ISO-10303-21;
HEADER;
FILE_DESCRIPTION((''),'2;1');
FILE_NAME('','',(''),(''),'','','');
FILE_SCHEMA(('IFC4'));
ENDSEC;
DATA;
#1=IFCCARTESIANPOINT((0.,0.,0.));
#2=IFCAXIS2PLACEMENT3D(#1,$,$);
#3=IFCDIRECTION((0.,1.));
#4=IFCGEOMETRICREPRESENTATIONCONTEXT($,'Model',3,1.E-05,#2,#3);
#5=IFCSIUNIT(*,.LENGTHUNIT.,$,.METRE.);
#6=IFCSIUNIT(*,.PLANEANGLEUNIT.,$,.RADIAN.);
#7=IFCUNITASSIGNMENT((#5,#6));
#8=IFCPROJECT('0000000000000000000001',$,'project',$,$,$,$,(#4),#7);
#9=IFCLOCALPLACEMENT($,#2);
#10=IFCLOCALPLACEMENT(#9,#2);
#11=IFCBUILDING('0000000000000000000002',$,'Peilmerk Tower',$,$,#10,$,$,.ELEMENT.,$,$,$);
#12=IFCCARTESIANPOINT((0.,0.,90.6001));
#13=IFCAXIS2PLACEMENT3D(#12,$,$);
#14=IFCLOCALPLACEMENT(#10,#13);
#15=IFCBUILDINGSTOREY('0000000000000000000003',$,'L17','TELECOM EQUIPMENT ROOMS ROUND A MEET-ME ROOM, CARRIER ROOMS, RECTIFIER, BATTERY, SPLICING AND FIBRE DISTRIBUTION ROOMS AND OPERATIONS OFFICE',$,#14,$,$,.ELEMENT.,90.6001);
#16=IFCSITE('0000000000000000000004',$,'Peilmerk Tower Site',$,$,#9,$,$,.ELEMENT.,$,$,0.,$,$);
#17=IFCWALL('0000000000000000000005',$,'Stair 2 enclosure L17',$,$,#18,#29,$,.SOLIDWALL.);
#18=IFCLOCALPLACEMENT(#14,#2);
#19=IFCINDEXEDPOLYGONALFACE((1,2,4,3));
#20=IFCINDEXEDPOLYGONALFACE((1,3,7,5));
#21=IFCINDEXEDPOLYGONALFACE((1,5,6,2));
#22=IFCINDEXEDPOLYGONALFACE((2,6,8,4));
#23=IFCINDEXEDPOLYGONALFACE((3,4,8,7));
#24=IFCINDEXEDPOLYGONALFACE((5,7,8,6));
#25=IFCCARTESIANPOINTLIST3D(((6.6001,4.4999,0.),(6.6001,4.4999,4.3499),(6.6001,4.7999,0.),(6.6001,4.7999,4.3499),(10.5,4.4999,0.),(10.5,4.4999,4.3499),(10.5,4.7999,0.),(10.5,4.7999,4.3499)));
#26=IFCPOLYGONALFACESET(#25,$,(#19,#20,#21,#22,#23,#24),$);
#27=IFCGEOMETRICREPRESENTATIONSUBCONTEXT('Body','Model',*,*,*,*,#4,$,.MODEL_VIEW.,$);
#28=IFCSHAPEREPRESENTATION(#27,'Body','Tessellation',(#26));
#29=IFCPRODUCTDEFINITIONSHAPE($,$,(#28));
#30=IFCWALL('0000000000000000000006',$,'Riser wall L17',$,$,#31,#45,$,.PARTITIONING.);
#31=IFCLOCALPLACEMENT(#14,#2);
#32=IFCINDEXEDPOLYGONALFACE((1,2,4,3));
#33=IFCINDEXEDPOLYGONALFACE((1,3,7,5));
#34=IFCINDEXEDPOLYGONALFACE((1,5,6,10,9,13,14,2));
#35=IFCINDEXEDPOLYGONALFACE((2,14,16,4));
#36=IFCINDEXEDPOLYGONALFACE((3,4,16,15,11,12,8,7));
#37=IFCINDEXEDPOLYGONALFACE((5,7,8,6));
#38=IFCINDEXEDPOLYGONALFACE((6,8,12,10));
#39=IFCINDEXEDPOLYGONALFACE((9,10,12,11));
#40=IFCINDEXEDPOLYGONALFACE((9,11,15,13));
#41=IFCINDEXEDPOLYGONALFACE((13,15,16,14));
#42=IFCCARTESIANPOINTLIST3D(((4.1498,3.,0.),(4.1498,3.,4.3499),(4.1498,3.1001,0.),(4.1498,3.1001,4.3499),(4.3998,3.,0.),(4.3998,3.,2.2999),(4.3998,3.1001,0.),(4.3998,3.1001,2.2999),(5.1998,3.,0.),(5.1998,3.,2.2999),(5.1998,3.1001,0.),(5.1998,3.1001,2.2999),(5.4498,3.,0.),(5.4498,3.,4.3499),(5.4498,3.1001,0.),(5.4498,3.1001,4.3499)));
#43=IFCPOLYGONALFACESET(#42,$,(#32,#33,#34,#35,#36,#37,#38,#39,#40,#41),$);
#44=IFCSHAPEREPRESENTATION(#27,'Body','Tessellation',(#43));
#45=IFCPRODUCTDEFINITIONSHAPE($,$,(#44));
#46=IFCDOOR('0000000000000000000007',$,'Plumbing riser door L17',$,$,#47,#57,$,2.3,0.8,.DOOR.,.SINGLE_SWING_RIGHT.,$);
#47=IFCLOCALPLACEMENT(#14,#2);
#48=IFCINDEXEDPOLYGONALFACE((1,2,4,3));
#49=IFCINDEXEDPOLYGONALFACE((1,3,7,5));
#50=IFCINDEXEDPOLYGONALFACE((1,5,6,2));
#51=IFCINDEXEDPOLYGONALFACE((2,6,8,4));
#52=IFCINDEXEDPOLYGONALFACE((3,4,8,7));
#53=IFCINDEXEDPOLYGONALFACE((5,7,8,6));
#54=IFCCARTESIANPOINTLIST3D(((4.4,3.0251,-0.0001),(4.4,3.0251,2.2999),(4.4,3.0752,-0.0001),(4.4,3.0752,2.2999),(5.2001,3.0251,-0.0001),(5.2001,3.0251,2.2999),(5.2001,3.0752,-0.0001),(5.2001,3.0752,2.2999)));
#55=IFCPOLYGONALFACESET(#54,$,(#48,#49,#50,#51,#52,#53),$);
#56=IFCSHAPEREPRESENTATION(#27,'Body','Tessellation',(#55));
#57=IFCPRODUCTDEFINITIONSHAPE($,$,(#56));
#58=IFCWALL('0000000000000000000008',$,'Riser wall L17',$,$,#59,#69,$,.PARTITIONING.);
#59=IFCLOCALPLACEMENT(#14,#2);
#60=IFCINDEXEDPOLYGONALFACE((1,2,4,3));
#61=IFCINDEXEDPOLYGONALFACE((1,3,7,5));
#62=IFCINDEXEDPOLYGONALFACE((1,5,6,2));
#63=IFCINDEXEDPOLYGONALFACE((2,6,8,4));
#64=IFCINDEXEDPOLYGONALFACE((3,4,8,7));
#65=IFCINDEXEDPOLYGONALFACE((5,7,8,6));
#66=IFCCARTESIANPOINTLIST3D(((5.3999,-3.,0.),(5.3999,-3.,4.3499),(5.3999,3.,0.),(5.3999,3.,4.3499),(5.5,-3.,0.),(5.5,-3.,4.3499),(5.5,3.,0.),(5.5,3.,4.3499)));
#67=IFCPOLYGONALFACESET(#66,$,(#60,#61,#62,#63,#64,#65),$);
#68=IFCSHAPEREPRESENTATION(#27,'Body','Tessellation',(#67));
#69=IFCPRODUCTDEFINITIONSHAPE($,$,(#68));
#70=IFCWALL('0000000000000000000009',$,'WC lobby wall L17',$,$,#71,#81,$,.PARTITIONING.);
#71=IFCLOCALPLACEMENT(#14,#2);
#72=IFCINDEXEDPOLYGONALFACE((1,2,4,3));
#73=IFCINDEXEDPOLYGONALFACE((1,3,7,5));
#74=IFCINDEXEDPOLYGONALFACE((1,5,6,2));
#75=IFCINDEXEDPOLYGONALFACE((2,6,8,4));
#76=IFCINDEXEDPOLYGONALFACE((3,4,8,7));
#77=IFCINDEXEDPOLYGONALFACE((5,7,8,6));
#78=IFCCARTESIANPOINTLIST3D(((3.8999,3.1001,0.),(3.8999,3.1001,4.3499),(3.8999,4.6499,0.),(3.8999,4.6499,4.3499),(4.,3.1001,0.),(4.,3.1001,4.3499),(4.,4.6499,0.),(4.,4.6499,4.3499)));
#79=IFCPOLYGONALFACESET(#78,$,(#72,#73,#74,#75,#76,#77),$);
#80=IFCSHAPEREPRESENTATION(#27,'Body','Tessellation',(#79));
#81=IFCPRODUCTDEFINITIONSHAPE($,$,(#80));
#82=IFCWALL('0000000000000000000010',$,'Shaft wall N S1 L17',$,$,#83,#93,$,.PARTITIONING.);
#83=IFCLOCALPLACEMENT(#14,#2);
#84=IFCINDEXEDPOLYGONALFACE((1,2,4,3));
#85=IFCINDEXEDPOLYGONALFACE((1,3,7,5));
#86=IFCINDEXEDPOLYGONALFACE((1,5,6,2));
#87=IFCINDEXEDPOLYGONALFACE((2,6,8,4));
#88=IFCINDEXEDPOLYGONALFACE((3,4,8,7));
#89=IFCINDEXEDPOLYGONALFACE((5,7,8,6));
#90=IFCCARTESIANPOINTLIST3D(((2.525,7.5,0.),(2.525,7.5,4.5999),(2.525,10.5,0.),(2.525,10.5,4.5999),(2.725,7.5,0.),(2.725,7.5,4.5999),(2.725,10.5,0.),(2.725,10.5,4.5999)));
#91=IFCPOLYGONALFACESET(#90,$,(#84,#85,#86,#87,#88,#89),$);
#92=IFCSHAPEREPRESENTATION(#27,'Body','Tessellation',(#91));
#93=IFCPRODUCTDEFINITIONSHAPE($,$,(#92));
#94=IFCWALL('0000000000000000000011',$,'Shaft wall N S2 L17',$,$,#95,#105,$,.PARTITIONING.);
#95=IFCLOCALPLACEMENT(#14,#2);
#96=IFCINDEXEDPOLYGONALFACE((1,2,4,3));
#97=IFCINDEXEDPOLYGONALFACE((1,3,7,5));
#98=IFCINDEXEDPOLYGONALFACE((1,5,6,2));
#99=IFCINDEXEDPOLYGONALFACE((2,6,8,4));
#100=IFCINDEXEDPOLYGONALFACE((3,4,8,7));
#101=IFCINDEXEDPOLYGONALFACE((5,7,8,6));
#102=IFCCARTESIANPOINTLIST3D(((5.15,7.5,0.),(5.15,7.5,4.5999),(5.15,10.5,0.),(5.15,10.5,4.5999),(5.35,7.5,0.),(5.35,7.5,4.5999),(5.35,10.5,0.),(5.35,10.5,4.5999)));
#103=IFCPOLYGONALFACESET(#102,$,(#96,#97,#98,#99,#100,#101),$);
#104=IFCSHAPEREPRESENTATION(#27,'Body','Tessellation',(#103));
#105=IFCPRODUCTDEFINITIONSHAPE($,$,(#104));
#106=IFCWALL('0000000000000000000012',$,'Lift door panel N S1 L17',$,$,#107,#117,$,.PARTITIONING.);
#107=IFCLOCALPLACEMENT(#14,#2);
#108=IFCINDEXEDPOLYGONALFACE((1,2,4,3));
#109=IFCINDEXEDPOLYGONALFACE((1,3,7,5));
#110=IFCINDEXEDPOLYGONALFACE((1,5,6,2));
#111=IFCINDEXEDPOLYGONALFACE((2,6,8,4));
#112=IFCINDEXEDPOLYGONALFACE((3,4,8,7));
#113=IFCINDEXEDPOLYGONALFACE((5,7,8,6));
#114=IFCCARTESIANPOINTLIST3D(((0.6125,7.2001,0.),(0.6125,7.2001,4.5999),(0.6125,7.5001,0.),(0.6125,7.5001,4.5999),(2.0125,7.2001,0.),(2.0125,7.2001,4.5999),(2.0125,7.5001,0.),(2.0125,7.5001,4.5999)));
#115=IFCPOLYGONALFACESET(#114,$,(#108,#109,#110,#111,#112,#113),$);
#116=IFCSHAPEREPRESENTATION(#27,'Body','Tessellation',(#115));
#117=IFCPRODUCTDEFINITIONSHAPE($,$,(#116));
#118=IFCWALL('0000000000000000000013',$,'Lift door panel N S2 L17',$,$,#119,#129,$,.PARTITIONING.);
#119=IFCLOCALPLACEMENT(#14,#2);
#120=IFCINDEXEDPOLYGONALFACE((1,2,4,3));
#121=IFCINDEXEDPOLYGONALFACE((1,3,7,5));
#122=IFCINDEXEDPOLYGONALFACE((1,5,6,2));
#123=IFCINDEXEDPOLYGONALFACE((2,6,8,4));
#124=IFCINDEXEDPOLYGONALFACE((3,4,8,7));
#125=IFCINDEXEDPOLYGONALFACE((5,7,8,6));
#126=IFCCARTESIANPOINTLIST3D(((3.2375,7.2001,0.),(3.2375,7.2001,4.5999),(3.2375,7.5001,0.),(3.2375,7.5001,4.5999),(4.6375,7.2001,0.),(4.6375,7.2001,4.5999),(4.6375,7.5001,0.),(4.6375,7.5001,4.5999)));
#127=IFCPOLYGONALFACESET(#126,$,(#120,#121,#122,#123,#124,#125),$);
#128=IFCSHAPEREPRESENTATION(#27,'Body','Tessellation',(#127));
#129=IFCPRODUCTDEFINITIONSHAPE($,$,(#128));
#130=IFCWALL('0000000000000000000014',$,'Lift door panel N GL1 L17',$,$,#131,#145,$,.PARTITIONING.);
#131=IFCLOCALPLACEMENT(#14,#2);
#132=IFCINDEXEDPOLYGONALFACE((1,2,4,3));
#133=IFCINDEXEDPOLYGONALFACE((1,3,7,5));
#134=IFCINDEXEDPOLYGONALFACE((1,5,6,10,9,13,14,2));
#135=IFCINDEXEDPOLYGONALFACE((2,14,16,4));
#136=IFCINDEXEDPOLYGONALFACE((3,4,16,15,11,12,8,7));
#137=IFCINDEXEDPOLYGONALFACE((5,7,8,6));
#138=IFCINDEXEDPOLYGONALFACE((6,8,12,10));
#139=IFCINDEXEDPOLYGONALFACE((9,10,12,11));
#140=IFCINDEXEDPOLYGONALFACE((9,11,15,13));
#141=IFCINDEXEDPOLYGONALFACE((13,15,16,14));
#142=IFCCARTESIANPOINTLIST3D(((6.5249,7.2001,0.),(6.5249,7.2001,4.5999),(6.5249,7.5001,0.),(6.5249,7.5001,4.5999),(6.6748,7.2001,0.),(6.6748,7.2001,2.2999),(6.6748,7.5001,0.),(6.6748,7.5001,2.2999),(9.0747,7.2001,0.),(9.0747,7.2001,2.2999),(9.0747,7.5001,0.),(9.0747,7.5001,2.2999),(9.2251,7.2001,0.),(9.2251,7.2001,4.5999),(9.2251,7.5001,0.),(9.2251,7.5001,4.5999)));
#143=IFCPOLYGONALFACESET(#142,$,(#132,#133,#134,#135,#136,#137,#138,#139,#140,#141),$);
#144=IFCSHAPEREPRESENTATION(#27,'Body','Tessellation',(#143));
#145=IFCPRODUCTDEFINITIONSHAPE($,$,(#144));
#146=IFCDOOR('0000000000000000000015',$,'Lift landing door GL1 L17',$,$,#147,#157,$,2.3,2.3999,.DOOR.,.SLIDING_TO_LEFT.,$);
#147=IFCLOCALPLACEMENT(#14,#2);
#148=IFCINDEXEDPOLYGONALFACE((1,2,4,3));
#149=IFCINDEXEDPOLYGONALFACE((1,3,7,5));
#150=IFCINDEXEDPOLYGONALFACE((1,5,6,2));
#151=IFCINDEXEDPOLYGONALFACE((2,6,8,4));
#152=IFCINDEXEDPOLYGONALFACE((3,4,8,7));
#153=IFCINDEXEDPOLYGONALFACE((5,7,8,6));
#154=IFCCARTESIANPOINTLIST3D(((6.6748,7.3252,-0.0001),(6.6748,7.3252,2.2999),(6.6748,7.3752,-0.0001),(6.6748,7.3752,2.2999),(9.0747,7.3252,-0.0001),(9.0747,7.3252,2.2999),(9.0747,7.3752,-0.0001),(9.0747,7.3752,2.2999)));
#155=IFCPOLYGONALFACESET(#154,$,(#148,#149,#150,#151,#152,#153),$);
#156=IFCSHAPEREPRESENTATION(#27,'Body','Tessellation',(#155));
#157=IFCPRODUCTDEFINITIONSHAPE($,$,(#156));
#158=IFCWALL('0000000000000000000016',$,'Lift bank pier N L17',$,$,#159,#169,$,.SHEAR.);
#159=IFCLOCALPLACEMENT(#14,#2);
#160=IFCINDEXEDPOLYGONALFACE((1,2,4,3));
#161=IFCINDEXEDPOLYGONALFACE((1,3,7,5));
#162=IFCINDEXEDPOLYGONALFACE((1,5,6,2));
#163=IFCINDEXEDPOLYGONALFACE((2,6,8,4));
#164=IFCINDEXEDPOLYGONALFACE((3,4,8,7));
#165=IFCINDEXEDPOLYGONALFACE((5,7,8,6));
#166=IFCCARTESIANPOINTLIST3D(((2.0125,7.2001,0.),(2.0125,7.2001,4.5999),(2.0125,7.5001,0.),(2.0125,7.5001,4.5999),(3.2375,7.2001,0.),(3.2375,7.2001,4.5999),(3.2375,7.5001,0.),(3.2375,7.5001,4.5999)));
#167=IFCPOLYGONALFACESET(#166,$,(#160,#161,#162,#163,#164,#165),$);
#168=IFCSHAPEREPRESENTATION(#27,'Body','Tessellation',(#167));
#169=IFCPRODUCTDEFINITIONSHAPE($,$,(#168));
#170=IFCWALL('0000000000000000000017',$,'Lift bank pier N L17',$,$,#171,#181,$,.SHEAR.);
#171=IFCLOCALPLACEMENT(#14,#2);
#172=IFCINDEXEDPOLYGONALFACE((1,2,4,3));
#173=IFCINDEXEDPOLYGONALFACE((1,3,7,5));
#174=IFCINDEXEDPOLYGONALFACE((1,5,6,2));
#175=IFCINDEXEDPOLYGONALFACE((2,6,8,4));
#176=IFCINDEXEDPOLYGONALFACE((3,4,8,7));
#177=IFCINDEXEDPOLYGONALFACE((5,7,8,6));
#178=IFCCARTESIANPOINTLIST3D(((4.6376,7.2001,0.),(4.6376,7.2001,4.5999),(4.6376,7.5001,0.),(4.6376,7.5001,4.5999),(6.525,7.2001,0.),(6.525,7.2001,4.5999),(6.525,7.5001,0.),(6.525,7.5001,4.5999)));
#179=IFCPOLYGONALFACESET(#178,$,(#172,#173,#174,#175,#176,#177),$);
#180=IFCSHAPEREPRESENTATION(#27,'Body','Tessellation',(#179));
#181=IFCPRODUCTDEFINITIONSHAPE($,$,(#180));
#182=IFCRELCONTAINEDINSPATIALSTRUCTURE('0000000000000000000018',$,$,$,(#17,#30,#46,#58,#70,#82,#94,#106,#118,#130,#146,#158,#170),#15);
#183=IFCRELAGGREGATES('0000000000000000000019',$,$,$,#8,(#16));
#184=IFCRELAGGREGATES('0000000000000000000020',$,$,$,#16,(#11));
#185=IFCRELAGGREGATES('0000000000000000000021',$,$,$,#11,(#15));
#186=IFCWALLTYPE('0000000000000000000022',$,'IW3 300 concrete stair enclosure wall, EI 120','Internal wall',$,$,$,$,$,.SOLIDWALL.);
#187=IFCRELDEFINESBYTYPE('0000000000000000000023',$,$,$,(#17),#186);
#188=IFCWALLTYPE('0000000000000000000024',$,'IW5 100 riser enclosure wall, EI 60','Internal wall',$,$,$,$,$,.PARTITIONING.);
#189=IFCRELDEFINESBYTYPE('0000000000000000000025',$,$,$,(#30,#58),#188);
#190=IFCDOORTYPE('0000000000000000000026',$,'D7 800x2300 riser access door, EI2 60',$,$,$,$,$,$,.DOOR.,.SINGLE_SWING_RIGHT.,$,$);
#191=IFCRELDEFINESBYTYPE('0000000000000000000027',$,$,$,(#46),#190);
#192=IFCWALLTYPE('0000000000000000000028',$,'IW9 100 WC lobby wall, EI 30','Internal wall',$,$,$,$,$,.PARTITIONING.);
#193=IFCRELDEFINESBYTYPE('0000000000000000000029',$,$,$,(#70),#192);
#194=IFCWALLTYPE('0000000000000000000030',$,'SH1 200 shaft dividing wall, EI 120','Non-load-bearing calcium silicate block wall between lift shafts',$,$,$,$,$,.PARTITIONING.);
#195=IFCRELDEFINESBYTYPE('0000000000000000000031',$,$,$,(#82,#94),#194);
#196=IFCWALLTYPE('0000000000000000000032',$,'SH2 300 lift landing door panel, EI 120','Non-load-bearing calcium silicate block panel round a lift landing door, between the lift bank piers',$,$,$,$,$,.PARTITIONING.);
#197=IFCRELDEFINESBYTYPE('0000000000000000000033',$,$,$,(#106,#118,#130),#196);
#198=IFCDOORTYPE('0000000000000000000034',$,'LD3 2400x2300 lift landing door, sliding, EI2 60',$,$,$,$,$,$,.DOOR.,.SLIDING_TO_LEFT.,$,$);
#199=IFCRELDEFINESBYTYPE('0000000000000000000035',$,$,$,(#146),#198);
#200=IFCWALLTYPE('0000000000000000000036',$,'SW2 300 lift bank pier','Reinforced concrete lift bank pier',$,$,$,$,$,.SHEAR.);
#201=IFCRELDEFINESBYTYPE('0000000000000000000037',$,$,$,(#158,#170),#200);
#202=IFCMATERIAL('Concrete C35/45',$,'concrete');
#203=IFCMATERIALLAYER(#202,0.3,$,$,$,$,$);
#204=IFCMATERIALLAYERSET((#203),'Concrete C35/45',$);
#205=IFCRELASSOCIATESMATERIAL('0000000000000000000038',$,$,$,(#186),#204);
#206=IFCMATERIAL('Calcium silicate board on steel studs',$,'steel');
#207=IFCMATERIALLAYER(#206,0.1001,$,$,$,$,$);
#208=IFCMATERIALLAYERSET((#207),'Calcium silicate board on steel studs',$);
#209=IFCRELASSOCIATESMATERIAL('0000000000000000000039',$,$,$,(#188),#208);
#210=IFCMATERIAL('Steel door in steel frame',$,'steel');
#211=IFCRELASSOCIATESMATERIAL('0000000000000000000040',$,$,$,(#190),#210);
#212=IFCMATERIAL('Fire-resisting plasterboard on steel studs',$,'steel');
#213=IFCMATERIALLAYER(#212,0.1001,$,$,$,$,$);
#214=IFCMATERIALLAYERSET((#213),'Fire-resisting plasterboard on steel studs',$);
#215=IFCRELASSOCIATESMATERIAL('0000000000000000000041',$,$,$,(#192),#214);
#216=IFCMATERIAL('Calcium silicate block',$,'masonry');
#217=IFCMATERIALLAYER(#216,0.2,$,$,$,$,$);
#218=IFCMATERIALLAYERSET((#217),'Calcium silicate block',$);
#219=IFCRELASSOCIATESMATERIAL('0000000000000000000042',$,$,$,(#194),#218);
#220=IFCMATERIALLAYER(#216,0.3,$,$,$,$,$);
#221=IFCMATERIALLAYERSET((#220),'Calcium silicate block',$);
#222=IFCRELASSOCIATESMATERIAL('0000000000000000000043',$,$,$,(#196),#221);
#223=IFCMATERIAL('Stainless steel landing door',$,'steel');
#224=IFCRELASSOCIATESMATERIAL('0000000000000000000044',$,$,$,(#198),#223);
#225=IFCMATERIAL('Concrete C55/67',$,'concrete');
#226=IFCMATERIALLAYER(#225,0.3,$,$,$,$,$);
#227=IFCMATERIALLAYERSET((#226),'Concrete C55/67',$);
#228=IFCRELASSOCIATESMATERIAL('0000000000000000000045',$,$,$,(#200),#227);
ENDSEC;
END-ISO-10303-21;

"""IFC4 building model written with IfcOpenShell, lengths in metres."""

from ifc_helpers import new_model, si_unit, direction, frame, frame_2d, origin, place, context, subcontext, project, spatial, rectangle, extrude, material, layer, layer_set, type_object, element, fill, save


model = new_model("IFC4")

# Units and contexts
model_context = context("Model", 3, precision=1e-05, world=origin(), true_north=direction((0.0, 1.0)))
body_context = subcontext(model_context, "Body", "Model", "MODEL_VIEW")
ifc_project = project(units=[si_unit("LENGTHUNIT", "METRE"), si_unit("PLANEANGLEUNIT", "RADIAN")], contexts=[model_context])

# Site, building, storey
site_placement = place(None, origin())
site = spatial("IfcSite", under=ifc_project, at=site_placement, Name="Peilmerk Tower Site", CompositionType="ELEMENT", RefElevation=0.0)
building_placement = place(site_placement, origin())
building = spatial("IfcBuilding", under=site, at=building_placement, Name="Peilmerk Tower", CompositionType="ELEMENT")
storey_placement = place(building_placement, frame((0.0, 0.0, 90.6001)))
storey = spatial("IfcBuildingStorey", under=building, at=storey_placement, Name="L17", Description="TELECOM EQUIPMENT ROOMS ROUND A MEET-ME ROOM, CARRIER ROOMS, RECTIFIER, BATTERY, SPLICING AND FIBRE DISTRIBUTION ROOMS AND OPERATIONS OFFICE", CompositionType="ELEMENT", Elevation=90.6001)

# Wall
ifc_material_1 = material(Name="Concrete C35/45", Category="concrete")
ifc_layer_1 = layer(ifc_material_1, 0.3)
ifc_layer_set_1 = layer_set([ifc_layer_1], Name="Concrete C35/45")
wall_type_1 = type_object("IfcWallType", Name="IW3 300 concrete stair enclosure wall, EI 120", Description="Internal wall", PredefinedType="SOLIDWALL", material=ifc_layer_set_1)
wall_1_placement = place(storey_placement, frame((6.6001, 4.6499, 0.0), z_axis=(0.0, 0.0, 1.0), x_axis=(1.0, 0.0, 0.0)))
element("IfcWall", 1, at=wall_1_placement, inside=storey, type_object=wall_type_1, Name="Stair 2 enclosure L17", PredefinedType="SOLIDWALL", context=body_context, shape_type="SweptSolid", body=[
    extrude(rectangle(XDim=3.8999, YDim=0.3, at=frame_2d((1.95, 0.0))), origin(), (0.0, 0.0, 1.0), 4.3499),
])

# Wall, opening, door
ifc_material_2 = material(Name="Calcium silicate board on steel studs", Category="steel")
ifc_layer_2 = layer(ifc_material_2, 0.1001)
ifc_layer_set_2 = layer_set([ifc_layer_2], Name="Calcium silicate board on steel studs")
wall_type_2 = type_object("IfcWallType", Name="IW5 100 riser enclosure wall, EI 60", Description="Internal wall", PredefinedType="PARTITIONING", material=ifc_layer_set_2)
wall_2_placement = place(storey_placement, frame((4.1499, 3.05, 0.0), z_axis=(0.0, 0.0, 1.0), x_axis=(1.0, 0.0, 0.0)))
wall_2 = element("IfcWall", 2, at=wall_2_placement, inside=storey, type_object=wall_type_2, Name="Riser wall L17", PredefinedType="PARTITIONING", context=body_context, shape_type="SweptSolid", body=[
    extrude(rectangle(XDim=1.3, YDim=0.1001, at=frame_2d((0.6499, 0.0))), origin(), (0.0, 0.0, 1.0), 4.3499),
])
opening_1_placement = place(wall_2_placement, frame((0.25, 0.0, 0.0)))
opening_1 = element("IfcOpeningElement", 3, at=opening_1_placement, cuts=wall_2, PredefinedType="OPENING", context=body_context, shape_type="SweptSolid", body=[
    extrude(rectangle(XDim=0.8, YDim=2.3, at=frame_2d((0.3999, 1.1499))), frame((0.0, 0.0601, 0.0), z_axis=(0.0, -1.0, 0.0), x_axis=(1.0, 0.0, 0.0)), (0.0, 0.0, 1.0), 0.1201),
])
ifc_material_3 = material(Name="Steel door in steel frame", Category="steel")
door_type_1 = type_object("IfcDoorType", Name="D7 800x2300 riser access door, EI2 60", OperationType="SINGLE_SWING_RIGHT", PredefinedType="DOOR", material=ifc_material_3)
door_1_placement = place(opening_1_placement, frame((0.8, 0.0, 0.0), z_axis=(0.0, 0.0, 1.0), x_axis=(-1.0, 0.0, 0.0)))
door_1 = element("IfcDoor", 4, at=door_1_placement, inside=storey, type_object=door_type_1, Name="Plumbing riser door L17", OperationType="SINGLE_SWING_RIGHT", OverallHeight=2.3, OverallWidth=0.8, PredefinedType="DOOR", context=body_context, shape_type="SweptSolid", body=[
    extrude(rectangle(XDim=0.8, YDim=2.3, at=frame_2d((0.3999, 1.1499))), frame((0.0, 0.0249, 0.0), z_axis=(0.0, -1.0, 0.0), x_axis=(1.0, 0.0, 0.0)), (0.0, 0.0, 1.0), 0.05),
])
fill(opening_1, door_1)

# Walls
wall_3_placement = place(storey_placement, frame((5.45, 3.0, 0.0), z_axis=(0.0, 0.0, 1.0), x_axis=(0.0, -1.0, 0.0)))
element("IfcWall", 5, at=wall_3_placement, inside=storey, type_object=wall_type_2, Name="Riser wall L17", PredefinedType="PARTITIONING", context=body_context, shape_type="SweptSolid", body=[
    extrude(rectangle(XDim=6.0, YDim=0.1001, at=frame_2d((3.0, 0.0))), origin(), (0.0, 0.0, 1.0), 4.3499),
])
ifc_material_4 = material(Name="Fire-resisting plasterboard on steel studs", Category="steel")
ifc_layer_3 = layer(ifc_material_4, 0.1001)
ifc_layer_set_3 = layer_set([ifc_layer_3], Name="Fire-resisting plasterboard on steel studs")
wall_type_3 = type_object("IfcWallType", Name="IW9 100 WC lobby wall, EI 30", Description="Internal wall", PredefinedType="PARTITIONING", material=ifc_layer_set_3)
wall_4_placement = place(storey_placement, frame((3.95, 3.1001, 0.0), z_axis=(0.0, 0.0, 1.0), x_axis=(0.0, 1.0, 0.0)))
element("IfcWall", 6, at=wall_4_placement, inside=storey, type_object=wall_type_3, Name="WC lobby wall L17", PredefinedType="PARTITIONING", context=body_context, shape_type="SweptSolid", body=[
    extrude(rectangle(XDim=1.5498, YDim=0.1001, at=frame_2d((0.7749, 0.0))), origin(), (0.0, 0.0, 1.0), 4.3499),
])
ifc_material_5 = material(Name="Calcium silicate block", Category="masonry")
ifc_layer_4 = layer(ifc_material_5, 0.2)
ifc_layer_set_4 = layer_set([ifc_layer_4], Name="Calcium silicate block")
wall_type_4 = type_object("IfcWallType", Name="SH1 200 shaft dividing wall, EI 120", Description="Non-load-bearing calcium silicate block wall between lift shafts", PredefinedType="PARTITIONING", material=ifc_layer_set_4)
for number, where, z_axis, x_axis, name in (
    (7, (2.625, 7.5, 0.0), (0.0, 0.0, 1.0), (0.0, 1.0, 0.0), "Shaft wall N S1 L17"),
    (8, (5.25, 7.5, 0.0), (0.0, 0.0, 1.0), (0.0, 1.0, 0.0), "Shaft wall N S2 L17"),
):
    element("IfcWall", number, at=place(storey_placement, frame(where, z_axis=z_axis, x_axis=x_axis)), inside=storey, type_object=wall_type_4, Name=name, PredefinedType="PARTITIONING", context=body_context, shape_type="SweptSolid", body=[
        extrude(rectangle(XDim=3.0, YDim=0.2, at=frame_2d((1.5, 0.0))), origin(), (0.0, 0.0, 1.0), 4.5999),
    ])
ifc_layer_5 = layer(ifc_material_5, 0.3)
ifc_layer_set_5 = layer_set([ifc_layer_5], Name="Calcium silicate block")
wall_type_5 = type_object("IfcWallType", Name="SH2 300 lift landing door panel, EI 120", Description="Non-load-bearing calcium silicate block panel round a lift landing door, between the lift bank piers", PredefinedType="PARTITIONING", material=ifc_layer_set_5)
for number, where, z_axis, x_axis, name in (
    (9, (0.6125, 7.3501, 0.0), (0.0, 0.0, 1.0), (1.0, 0.0, 0.0), "Lift door panel N S1 L17"),
    (10, (3.2375, 7.3501, 0.0), (0.0, 0.0, 1.0), (1.0, 0.0, 0.0), "Lift door panel N S2 L17"),
):
    element("IfcWall", number, at=place(storey_placement, frame(where, z_axis=z_axis, x_axis=x_axis)), inside=storey, type_object=wall_type_5, Name=name, PredefinedType="PARTITIONING", context=body_context, shape_type="SweptSolid", body=[
        extrude(rectangle(XDim=1.3999, YDim=0.3, at=frame_2d((0.7, 0.0))), origin(), (0.0, 0.0, 1.0), 4.5999),
    ])

# Wall, opening, door
wall_5_placement = place(storey_placement, frame((6.5249, 7.3501, 0.0), z_axis=(0.0, 0.0, 1.0), x_axis=(1.0, 0.0, 0.0)))
wall_5 = element("IfcWall", 11, at=wall_5_placement, inside=storey, type_object=wall_type_5, Name="Lift door panel N GL1 L17", PredefinedType="PARTITIONING", context=body_context, shape_type="SweptSolid", body=[
    extrude(rectangle(XDim=2.7002, YDim=0.3, at=frame_2d((1.3501, 0.0))), origin(), (0.0, 0.0, 1.0), 4.5999),
])
opening_2_placement = place(wall_5_placement, frame((0.1499, 0.0, 0.0)))
opening_2 = element("IfcOpeningElement", 12, at=opening_2_placement, cuts=wall_5, PredefinedType="OPENING", context=body_context, shape_type="SweptSolid", body=[
    extrude(rectangle(XDim=2.3999, YDim=2.3, at=frame_2d((1.2, 1.1499))), frame((0.0, 0.1599, 0.0), z_axis=(0.0, -1.0, 0.0), x_axis=(1.0, 0.0, 0.0)), (0.0, 0.0, 1.0), 0.3201),
])
ifc_material_6 = material(Name="Stainless steel landing door", Category="steel")
door_type_2 = type_object("IfcDoorType", Name="LD3 2400x2300 lift landing door, sliding, EI2 60", OperationType="SLIDING_TO_LEFT", PredefinedType="DOOR", material=ifc_material_6)
door_2_placement = place(opening_2_placement, frame((2.3999, 0.0, 0.0), z_axis=(0.0, 0.0, 1.0), x_axis=(-1.0, 0.0, 0.0)))
door_2 = element("IfcDoor", 13, at=door_2_placement, inside=storey, type_object=door_type_2, Name="Lift landing door GL1 L17", OperationType="SLIDING_TO_LEFT", OverallHeight=2.3, OverallWidth=2.3999, PredefinedType="DOOR", context=body_context, shape_type="SweptSolid", body=[
    extrude(rectangle(XDim=2.3999, YDim=2.3, at=frame_2d((1.2, 1.1499))), frame((0.0, 0.0249, 0.0), z_axis=(0.0, -1.0, 0.0), x_axis=(1.0, 0.0, 0.0)), (0.0, 0.0, 1.0), 0.05),
])
fill(opening_2, door_2)

# Walls
ifc_material_7 = material(Name="Concrete C55/67", Category="concrete")
ifc_layer_6 = layer(ifc_material_7, 0.3)
ifc_layer_set_6 = layer_set([ifc_layer_6], Name="Concrete C55/67")
wall_type_6 = type_object("IfcWallType", Name="SW2 300 lift bank pier", Description="Reinforced concrete lift bank pier", PredefinedType="SHEAR", material=ifc_layer_set_6)
wall_6_placement = place(storey_placement, frame((2.0125, 7.3501, 0.0), z_axis=(0.0, 0.0, 1.0), x_axis=(1.0, 0.0, 0.0)))
element("IfcWall", 14, at=wall_6_placement, inside=storey, type_object=wall_type_6, Name="Lift bank pier N L17", PredefinedType="SHEAR", context=body_context, shape_type="SweptSolid", body=[
    extrude(rectangle(XDim=1.2251, YDim=0.3, at=frame_2d((0.6125, 0.0))), origin(), (0.0, 0.0, 1.0), 4.5999),
])
wall_7_placement = place(storey_placement, frame((4.6375, 7.3501, 0.0), z_axis=(0.0, 0.0, 1.0), x_axis=(1.0, 0.0, 0.0)))
element("IfcWall", 15, at=wall_7_placement, inside=storey, type_object=wall_type_6, Name="Lift bank pier N L17", PredefinedType="SHEAR", context=body_context, shape_type="SweptSolid", body=[
    extrude(rectangle(XDim=1.8875, YDim=0.3, at=frame_2d((0.9438, 0.0))), origin(), (0.0, 0.0, 1.0), 4.5999),
])

save(model, "model.ifc")
